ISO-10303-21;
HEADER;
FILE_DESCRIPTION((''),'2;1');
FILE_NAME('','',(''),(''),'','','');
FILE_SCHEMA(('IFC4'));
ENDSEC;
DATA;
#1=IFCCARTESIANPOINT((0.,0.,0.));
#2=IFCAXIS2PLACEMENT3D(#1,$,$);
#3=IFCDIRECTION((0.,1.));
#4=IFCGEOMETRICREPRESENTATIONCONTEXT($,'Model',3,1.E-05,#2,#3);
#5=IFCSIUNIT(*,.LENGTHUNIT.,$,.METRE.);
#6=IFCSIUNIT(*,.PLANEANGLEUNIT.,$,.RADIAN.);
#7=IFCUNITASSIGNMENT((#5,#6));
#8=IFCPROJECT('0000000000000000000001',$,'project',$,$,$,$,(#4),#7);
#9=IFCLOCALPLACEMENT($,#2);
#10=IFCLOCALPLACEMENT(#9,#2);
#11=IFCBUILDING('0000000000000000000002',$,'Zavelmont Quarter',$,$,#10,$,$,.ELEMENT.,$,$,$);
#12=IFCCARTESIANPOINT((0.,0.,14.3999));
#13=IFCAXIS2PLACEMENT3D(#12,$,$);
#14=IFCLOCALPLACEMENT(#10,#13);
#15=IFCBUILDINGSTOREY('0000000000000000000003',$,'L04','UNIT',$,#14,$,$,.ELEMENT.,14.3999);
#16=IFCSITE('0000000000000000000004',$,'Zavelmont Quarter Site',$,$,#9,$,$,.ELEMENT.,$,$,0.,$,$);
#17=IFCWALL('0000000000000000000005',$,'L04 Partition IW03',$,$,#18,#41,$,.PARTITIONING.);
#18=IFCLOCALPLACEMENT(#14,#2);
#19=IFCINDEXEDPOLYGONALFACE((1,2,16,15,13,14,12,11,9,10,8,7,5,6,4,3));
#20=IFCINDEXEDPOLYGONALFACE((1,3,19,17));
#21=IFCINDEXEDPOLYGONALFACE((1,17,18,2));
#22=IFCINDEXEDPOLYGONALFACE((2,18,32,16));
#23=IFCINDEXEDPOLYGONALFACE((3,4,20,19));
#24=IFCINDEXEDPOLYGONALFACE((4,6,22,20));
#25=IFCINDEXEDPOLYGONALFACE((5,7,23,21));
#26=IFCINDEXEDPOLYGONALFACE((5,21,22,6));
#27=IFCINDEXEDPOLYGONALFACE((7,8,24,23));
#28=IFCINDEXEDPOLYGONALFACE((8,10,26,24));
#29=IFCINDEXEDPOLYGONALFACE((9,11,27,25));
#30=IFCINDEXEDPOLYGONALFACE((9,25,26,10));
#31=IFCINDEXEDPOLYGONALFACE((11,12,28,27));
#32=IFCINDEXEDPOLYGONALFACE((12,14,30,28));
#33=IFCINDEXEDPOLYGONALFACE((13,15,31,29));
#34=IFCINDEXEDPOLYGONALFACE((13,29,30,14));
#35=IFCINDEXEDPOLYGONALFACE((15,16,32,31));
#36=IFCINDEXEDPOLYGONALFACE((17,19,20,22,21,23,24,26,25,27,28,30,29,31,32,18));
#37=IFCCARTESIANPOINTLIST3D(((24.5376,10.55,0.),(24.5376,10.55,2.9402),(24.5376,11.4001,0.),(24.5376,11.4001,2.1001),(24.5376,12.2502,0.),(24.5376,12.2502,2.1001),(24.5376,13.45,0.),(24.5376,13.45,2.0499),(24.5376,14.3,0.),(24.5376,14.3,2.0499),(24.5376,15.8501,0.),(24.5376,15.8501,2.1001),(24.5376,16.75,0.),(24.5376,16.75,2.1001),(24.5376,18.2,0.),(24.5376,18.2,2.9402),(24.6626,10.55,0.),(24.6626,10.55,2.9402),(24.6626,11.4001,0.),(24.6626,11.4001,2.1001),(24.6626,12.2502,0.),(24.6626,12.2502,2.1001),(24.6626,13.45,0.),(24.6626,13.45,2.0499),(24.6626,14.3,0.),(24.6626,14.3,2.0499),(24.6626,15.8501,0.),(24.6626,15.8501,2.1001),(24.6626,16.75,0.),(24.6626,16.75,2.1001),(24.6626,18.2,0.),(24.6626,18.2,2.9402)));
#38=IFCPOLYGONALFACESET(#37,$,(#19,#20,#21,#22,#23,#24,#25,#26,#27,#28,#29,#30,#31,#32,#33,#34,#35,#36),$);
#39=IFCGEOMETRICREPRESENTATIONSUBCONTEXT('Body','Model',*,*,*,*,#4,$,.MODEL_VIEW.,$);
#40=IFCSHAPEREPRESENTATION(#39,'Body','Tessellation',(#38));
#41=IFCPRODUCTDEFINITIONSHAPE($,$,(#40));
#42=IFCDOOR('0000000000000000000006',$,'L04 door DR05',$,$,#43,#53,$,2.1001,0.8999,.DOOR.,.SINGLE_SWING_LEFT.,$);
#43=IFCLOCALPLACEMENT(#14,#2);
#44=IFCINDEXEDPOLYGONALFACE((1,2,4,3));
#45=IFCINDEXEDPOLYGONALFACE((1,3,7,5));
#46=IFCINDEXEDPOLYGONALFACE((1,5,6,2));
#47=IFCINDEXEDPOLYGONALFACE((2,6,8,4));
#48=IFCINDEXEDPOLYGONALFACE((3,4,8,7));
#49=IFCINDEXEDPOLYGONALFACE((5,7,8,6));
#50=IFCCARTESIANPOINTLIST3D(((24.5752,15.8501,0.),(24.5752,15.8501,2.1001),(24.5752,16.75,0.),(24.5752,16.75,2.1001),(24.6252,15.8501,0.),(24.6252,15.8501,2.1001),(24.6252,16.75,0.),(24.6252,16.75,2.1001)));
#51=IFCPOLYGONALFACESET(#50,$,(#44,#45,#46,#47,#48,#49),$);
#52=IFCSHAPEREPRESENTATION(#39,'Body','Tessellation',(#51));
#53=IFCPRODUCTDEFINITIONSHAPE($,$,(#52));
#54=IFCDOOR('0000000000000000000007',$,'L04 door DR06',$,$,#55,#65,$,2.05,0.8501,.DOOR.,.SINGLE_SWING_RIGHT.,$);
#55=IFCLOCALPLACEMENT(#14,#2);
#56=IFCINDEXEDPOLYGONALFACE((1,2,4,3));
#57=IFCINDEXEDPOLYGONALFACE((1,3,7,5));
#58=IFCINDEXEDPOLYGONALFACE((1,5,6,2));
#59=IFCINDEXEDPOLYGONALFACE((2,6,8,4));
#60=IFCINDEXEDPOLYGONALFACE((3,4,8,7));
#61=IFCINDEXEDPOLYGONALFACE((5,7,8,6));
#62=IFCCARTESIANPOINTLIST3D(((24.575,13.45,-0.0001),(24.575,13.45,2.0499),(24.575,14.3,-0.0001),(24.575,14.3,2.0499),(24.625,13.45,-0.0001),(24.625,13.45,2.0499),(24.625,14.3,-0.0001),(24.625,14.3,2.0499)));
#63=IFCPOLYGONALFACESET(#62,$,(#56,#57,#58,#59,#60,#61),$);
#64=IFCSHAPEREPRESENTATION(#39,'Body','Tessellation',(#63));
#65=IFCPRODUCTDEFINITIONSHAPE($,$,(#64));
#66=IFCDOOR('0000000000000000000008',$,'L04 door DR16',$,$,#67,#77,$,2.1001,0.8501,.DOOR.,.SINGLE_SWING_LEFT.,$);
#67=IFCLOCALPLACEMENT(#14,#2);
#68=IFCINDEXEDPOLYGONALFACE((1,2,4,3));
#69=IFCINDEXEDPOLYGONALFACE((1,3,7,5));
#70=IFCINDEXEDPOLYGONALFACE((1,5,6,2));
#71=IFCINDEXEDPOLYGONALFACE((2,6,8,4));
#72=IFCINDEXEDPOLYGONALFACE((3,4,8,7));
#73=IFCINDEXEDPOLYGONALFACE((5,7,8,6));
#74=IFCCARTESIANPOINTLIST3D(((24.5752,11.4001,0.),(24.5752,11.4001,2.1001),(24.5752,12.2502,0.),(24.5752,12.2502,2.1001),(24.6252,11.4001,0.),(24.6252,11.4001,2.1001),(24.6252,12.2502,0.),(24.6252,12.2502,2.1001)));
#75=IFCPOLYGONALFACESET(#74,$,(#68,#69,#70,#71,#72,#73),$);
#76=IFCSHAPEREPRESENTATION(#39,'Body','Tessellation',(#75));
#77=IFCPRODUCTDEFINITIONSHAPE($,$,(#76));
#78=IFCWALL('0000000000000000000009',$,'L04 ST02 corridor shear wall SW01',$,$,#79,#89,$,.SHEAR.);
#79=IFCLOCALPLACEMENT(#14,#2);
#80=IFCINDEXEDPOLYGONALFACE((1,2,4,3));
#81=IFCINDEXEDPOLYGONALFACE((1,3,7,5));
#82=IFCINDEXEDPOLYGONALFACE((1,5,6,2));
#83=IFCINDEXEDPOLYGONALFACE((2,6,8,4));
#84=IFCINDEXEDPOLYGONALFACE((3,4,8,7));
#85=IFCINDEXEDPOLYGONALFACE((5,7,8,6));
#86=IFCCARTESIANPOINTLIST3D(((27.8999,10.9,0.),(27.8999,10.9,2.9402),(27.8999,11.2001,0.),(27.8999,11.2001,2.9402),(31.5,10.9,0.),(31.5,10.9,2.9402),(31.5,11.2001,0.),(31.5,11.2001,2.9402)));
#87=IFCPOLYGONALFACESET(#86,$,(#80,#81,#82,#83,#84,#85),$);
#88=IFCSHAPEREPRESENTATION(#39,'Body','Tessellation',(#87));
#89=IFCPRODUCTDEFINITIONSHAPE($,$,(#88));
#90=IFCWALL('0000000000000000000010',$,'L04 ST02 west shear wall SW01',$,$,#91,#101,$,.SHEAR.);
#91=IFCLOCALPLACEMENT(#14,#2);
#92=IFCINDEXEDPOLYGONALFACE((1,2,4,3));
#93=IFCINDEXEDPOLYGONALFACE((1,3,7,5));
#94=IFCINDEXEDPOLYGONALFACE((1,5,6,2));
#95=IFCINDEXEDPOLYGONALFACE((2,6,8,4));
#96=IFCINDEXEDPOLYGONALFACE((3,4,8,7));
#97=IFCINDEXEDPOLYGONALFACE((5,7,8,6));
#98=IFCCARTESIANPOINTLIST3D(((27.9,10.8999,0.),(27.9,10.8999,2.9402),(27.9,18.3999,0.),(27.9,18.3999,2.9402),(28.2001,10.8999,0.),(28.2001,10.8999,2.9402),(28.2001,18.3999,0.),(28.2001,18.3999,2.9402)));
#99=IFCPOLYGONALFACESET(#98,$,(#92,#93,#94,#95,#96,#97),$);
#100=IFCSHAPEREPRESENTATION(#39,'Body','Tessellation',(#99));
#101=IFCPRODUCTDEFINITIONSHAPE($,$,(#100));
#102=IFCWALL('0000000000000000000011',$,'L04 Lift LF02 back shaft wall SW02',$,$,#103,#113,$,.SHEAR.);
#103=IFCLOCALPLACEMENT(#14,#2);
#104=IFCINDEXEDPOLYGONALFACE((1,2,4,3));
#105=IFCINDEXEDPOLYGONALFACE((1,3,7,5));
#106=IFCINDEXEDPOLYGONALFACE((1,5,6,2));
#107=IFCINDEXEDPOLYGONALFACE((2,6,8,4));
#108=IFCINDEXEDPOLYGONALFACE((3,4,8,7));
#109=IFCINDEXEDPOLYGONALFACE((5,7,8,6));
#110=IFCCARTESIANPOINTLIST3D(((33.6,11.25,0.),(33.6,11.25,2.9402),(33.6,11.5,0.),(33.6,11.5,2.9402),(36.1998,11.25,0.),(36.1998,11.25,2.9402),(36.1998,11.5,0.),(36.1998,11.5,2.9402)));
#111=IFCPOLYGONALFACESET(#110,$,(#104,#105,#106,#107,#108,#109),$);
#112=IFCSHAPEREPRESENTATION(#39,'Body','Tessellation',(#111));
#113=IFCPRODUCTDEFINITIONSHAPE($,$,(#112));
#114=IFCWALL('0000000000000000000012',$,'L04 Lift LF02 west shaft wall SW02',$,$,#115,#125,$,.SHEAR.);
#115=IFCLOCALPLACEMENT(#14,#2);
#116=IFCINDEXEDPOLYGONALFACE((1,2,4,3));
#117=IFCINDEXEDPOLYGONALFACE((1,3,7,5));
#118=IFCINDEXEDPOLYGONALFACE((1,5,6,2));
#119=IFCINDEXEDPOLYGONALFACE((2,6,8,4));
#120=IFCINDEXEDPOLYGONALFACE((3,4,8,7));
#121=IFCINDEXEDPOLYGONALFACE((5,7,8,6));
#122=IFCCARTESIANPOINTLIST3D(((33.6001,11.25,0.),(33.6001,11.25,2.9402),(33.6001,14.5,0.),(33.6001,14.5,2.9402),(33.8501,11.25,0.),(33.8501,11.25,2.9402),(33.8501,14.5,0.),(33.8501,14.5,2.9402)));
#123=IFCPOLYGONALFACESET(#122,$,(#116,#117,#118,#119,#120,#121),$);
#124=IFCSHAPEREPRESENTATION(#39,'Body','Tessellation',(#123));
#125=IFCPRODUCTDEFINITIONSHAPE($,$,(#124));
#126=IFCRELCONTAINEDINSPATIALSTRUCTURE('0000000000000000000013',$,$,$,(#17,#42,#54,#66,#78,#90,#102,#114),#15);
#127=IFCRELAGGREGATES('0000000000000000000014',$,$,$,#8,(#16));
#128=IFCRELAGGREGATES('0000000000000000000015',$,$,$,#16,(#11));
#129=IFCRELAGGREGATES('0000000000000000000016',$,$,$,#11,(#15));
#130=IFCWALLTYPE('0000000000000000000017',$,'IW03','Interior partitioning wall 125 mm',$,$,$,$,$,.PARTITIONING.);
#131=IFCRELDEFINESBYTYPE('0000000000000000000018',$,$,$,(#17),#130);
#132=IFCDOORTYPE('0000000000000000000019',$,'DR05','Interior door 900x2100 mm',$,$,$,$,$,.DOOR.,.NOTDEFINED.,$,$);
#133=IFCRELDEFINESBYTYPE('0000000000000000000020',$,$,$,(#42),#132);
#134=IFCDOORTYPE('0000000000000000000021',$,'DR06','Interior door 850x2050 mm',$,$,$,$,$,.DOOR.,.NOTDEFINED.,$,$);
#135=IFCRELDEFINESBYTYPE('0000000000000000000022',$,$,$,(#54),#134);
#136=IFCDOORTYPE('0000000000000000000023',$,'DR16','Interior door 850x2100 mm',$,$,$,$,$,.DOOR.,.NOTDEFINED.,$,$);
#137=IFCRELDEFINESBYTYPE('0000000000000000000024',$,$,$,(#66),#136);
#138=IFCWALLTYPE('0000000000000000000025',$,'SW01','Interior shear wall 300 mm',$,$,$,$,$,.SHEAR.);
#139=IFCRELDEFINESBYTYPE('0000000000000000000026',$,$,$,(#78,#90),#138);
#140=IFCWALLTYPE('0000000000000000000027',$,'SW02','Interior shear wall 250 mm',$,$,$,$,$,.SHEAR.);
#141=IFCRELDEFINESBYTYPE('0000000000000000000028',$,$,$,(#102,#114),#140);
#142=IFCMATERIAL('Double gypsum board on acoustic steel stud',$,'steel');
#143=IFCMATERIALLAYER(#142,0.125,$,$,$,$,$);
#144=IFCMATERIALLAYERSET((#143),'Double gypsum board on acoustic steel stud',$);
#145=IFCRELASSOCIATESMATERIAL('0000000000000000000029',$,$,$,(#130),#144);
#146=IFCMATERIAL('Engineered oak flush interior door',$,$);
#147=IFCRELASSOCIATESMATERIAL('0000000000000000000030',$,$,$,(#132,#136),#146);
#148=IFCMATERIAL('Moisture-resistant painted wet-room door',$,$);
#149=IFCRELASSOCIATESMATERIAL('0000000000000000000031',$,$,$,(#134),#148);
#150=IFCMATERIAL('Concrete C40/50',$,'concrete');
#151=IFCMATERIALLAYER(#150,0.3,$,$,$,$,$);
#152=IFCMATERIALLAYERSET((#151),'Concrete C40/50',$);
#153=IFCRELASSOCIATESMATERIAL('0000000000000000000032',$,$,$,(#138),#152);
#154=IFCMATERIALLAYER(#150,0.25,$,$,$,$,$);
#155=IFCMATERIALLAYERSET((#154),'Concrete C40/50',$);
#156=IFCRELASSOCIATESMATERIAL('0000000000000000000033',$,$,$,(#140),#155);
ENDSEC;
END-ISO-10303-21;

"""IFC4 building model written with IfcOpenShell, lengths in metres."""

from ifc_helpers import new_model, si_unit, direction, frame, frame_2d, origin, origin_with_axes, place, context, subcontext, project, spatial, rectangle, extrude, material, layer, layer_set, type_object, element, fill, save


model = new_model("IFC4")

# Units and contexts
model_context = context("Model", 3, precision=1e-05, world=origin(), true_north=direction((0.0, 1.0)))
body_context = subcontext(model_context, "Body", "Model", "MODEL_VIEW")
ifc_project = project(units=[si_unit("LENGTHUNIT", "METRE"), si_unit("PLANEANGLEUNIT", "RADIAN")], contexts=[model_context])

# Site, building, storey
site_placement = place(None, origin())
site = spatial("IfcSite", under=ifc_project, at=site_placement, Name="Zavelmont Quarter Site", CompositionType="ELEMENT", RefElevation=0.0)
building_placement = place(site_placement, origin())
building = spatial("IfcBuilding", under=site, at=building_placement, Name="Zavelmont Quarter", CompositionType="ELEMENT")
storey_placement = place(building_placement, frame((0.0, 0.0, 14.3999)))
storey = spatial("IfcBuildingStorey", under=building, at=storey_placement, Name="L04", Description="UNIT", CompositionType="ELEMENT", Elevation=14.3999)

# Shared definitions
ifc_material_1 = material(Name="Concrete C40/50", Category="concrete")

# Wall, openings, doors
ifc_material_2 = material(Name="Double gypsum board on acoustic steel stud", Category="steel")
ifc_layer_1 = layer(ifc_material_2, 0.125)
ifc_layer_set_1 = layer_set([ifc_layer_1], Name="Double gypsum board on acoustic steel stud")
wall_type_1 = type_object("IfcWallType", Name="IW03", Description="Interior partitioning wall 125 mm", PredefinedType="PARTITIONING", material=ifc_layer_set_1)
wall_1_placement = place(storey_placement, frame((24.6001, 10.55, 0.0), z_axis=(0.0, 0.0, 1.0), x_axis=(0.0, 1.0, 0.0)))
wall_1 = element("IfcWall", 1, at=wall_1_placement, inside=storey, type_object=wall_type_1, Name="L04 Partition IW03", PredefinedType="PARTITIONING", context=body_context, shape_type="SweptSolid", body=[
    extrude(rectangle(XDim=7.6499, YDim=0.125, at=frame_2d((3.825, 0.0))), origin(), (0.0, 0.0, 1.0), 2.9402),
])
opening_1_placement = place(wall_1_placement, frame((0.8501, 0.0, 0.0)))
opening_1 = element("IfcOpeningElement", 2, at=opening_1_placement, cuts=wall_1, PredefinedType="OPENING", context=body_context, shape_type="SweptSolid", body=[
    extrude(rectangle(XDim=0.8501, YDim=2.1001, at=frame_2d((0.425, 1.05))), frame((0.0, 0.0745, 0.0), z_axis=(0.0, -1.0, 0.0), x_axis=(1.0, 0.0, 0.0)), (0.0, 0.0, 1.0), 0.1489),
])
opening_2_placement = place(wall_1_placement, frame((2.8999, 0.0, 0.0)))
opening_2 = element("IfcOpeningElement", 3, at=opening_2_placement, cuts=wall_1, PredefinedType="OPENING", context=body_context, shape_type="SweptSolid", body=[
    extrude(rectangle(XDim=0.8501, YDim=2.05, at=frame_2d((0.425, 1.0249))), frame((0.0, 0.0745, 0.0), z_axis=(0.0, -1.0, 0.0), x_axis=(1.0, 0.0, 0.0)), (0.0, 0.0, 1.0), 0.1489),
])
opening_3_placement = place(wall_1_placement, frame((5.3, 0.0, 0.0)))
opening_3 = element("IfcOpeningElement", 4, at=opening_3_placement, cuts=wall_1, PredefinedType="OPENING", context=body_context, shape_type="SweptSolid", body=[
    extrude(rectangle(XDim=0.8999, YDim=2.1001, at=frame_2d((0.45, 1.05))), frame((0.0, 0.0745, 0.0), z_axis=(0.0, -1.0, 0.0), x_axis=(1.0, 0.0, 0.0)), (0.0, 0.0, 1.0), 0.1489),
])
ifc_material_3 = material(Name="Engineered oak flush interior door")
door_type_1 = type_object("IfcDoorType", Name="DR05", Description="Interior door 900x2100 mm", OperationType="NOTDEFINED", PredefinedType="DOOR", material=ifc_material_3)
door_1_placement = place(opening_3_placement, origin_with_axes())
door_1 = element("IfcDoor", 5, at=door_1_placement, inside=storey, type_object=door_type_1, Name="L04 door DR05", OperationType="SINGLE_SWING_LEFT", OverallHeight=2.1001, OverallWidth=0.8999, PredefinedType="DOOR", context=body_context, shape_type="SweptSolid", body=[
    extrude(rectangle(XDim=0.8999, YDim=2.1001, at=frame_2d((0.45, 1.05))), frame((0.0, 0.0249, 0.0), z_axis=(0.0, -1.0, 0.0), x_axis=(1.0, 0.0, 0.0)), (0.0, 0.0, 1.0), 0.05),
])
fill(opening_3, door_1)
ifc_material_4 = material(Name="Moisture-resistant painted wet-room door")
door_type_2 = type_object("IfcDoorType", Name="DR06", Description="Interior door 850x2050 mm", OperationType="NOTDEFINED", PredefinedType="DOOR", material=ifc_material_4)
door_2_placement = place(opening_2_placement, frame((0.8501, 0.0, 0.0), z_axis=(0.0, 0.0, 1.0), x_axis=(-1.0, 0.0, 0.0)))
door_2 = element("IfcDoor", 6, at=door_2_placement, inside=storey, type_object=door_type_2, Name="L04 door DR06", OperationType="SINGLE_SWING_RIGHT", OverallHeight=2.05, OverallWidth=0.8501, PredefinedType="DOOR", context=body_context, shape_type="SweptSolid", body=[
    extrude(rectangle(XDim=0.8501, YDim=2.05, at=frame_2d((0.425, 1.0249))), frame((0.0, 0.0249, 0.0), z_axis=(0.0, -1.0, 0.0), x_axis=(1.0, 0.0, 0.0)), (0.0, 0.0, 1.0), 0.05),
])
fill(opening_2, door_2)
door_type_3 = type_object("IfcDoorType", Name="DR16", Description="Interior door 850x2100 mm", OperationType="NOTDEFINED", PredefinedType="DOOR", material=ifc_material_3)
door_3_placement = place(opening_1_placement, origin_with_axes())
door_3 = element("IfcDoor", 7, at=door_3_placement, inside=storey, type_object=door_type_3, Name="L04 door DR16", OperationType="SINGLE_SWING_LEFT", OverallHeight=2.1001, OverallWidth=0.8501, PredefinedType="DOOR", context=body_context, shape_type="SweptSolid", body=[
    extrude(rectangle(XDim=0.8501, YDim=2.1001, at=frame_2d((0.425, 1.05))), frame((0.0, 0.0249, 0.0), z_axis=(0.0, -1.0, 0.0), x_axis=(1.0, 0.0, 0.0)), (0.0, 0.0, 1.0), 0.05),
])
fill(opening_1, door_3)

# Walls
ifc_layer_2 = layer(ifc_material_1, 0.3)
ifc_layer_set_2 = layer_set([ifc_layer_2], Name="Concrete C40/50")
wall_type_2 = type_object("IfcWallType", Name="SW01", Description="Interior shear wall 300 mm", PredefinedType="SHEAR", material=ifc_layer_set_2)
wall_2_placement = place(storey_placement, frame((27.8999, 11.05, 0.0), z_axis=(0.0, 0.0, 1.0), x_axis=(1.0, 0.0, 0.0)))
element("IfcWall", 8, at=wall_2_placement, inside=storey, type_object=wall_type_2, Name="L04 ST02 corridor shear wall SW01", PredefinedType="SHEAR", context=body_context, shape_type="SweptSolid", body=[
    extrude(rectangle(XDim=3.6001, YDim=0.3, at=frame_2d((1.8, 0.0))), origin(), (0.0, 0.0, 1.0), 2.9402),
])
wall_3_placement = place(storey_placement, frame((28.05, 10.8999, 0.0), z_axis=(0.0, 0.0, 1.0), x_axis=(0.0, 1.0, 0.0)))
element("IfcWall", 9, at=wall_3_placement, inside=storey, type_object=wall_type_2, Name="L04 ST02 west shear wall SW01", PredefinedType="SHEAR", context=body_context, shape_type="SweptSolid", body=[
    extrude(rectangle(XDim=7.5, YDim=0.3, at=frame_2d((3.75, 0.0))), origin(), (0.0, 0.0, 1.0), 2.9402),
])

# Walls
ifc_layer_3 = layer(ifc_material_1, 0.25)
ifc_layer_set_3 = layer_set([ifc_layer_3], Name="Concrete C40/50")
wall_type_3 = type_object("IfcWallType", Name="SW02", Description="Interior shear wall 250 mm", PredefinedType="SHEAR", material=ifc_layer_set_3)
wall_4_placement = place(storey_placement, frame((33.6001, 11.375, 0.0), z_axis=(0.0, 0.0, 1.0), x_axis=(1.0, 0.0, 0.0)))
element("IfcWall", 10, at=wall_4_placement, inside=storey, type_object=wall_type_3, Name="L04 Lift LF02 back shaft wall SW02", PredefinedType="SHEAR", context=body_context, shape_type="SweptSolid", body=[
    extrude(rectangle(XDim=2.5999, YDim=0.25, at=frame_2d((1.2998, 0.0))), origin(), (0.0, 0.0, 1.0), 2.9402),
])
wall_5_placement = place(storey_placement, frame((33.7251, 11.25, 0.0), z_axis=(0.0, 0.0, 1.0), x_axis=(0.0, 1.0, 0.0)))
element("IfcWall", 11, at=wall_5_placement, inside=storey, type_object=wall_type_3, Name="L04 Lift LF02 west shaft wall SW02", PredefinedType="SHEAR", context=body_context, shape_type="SweptSolid", body=[
    extrude(rectangle(XDim=3.25, YDim=0.25, at=frame_2d((1.625, 0.0))), origin(), (0.0, 0.0, 1.0), 2.9402),
])

save(model, "model.ifc")
